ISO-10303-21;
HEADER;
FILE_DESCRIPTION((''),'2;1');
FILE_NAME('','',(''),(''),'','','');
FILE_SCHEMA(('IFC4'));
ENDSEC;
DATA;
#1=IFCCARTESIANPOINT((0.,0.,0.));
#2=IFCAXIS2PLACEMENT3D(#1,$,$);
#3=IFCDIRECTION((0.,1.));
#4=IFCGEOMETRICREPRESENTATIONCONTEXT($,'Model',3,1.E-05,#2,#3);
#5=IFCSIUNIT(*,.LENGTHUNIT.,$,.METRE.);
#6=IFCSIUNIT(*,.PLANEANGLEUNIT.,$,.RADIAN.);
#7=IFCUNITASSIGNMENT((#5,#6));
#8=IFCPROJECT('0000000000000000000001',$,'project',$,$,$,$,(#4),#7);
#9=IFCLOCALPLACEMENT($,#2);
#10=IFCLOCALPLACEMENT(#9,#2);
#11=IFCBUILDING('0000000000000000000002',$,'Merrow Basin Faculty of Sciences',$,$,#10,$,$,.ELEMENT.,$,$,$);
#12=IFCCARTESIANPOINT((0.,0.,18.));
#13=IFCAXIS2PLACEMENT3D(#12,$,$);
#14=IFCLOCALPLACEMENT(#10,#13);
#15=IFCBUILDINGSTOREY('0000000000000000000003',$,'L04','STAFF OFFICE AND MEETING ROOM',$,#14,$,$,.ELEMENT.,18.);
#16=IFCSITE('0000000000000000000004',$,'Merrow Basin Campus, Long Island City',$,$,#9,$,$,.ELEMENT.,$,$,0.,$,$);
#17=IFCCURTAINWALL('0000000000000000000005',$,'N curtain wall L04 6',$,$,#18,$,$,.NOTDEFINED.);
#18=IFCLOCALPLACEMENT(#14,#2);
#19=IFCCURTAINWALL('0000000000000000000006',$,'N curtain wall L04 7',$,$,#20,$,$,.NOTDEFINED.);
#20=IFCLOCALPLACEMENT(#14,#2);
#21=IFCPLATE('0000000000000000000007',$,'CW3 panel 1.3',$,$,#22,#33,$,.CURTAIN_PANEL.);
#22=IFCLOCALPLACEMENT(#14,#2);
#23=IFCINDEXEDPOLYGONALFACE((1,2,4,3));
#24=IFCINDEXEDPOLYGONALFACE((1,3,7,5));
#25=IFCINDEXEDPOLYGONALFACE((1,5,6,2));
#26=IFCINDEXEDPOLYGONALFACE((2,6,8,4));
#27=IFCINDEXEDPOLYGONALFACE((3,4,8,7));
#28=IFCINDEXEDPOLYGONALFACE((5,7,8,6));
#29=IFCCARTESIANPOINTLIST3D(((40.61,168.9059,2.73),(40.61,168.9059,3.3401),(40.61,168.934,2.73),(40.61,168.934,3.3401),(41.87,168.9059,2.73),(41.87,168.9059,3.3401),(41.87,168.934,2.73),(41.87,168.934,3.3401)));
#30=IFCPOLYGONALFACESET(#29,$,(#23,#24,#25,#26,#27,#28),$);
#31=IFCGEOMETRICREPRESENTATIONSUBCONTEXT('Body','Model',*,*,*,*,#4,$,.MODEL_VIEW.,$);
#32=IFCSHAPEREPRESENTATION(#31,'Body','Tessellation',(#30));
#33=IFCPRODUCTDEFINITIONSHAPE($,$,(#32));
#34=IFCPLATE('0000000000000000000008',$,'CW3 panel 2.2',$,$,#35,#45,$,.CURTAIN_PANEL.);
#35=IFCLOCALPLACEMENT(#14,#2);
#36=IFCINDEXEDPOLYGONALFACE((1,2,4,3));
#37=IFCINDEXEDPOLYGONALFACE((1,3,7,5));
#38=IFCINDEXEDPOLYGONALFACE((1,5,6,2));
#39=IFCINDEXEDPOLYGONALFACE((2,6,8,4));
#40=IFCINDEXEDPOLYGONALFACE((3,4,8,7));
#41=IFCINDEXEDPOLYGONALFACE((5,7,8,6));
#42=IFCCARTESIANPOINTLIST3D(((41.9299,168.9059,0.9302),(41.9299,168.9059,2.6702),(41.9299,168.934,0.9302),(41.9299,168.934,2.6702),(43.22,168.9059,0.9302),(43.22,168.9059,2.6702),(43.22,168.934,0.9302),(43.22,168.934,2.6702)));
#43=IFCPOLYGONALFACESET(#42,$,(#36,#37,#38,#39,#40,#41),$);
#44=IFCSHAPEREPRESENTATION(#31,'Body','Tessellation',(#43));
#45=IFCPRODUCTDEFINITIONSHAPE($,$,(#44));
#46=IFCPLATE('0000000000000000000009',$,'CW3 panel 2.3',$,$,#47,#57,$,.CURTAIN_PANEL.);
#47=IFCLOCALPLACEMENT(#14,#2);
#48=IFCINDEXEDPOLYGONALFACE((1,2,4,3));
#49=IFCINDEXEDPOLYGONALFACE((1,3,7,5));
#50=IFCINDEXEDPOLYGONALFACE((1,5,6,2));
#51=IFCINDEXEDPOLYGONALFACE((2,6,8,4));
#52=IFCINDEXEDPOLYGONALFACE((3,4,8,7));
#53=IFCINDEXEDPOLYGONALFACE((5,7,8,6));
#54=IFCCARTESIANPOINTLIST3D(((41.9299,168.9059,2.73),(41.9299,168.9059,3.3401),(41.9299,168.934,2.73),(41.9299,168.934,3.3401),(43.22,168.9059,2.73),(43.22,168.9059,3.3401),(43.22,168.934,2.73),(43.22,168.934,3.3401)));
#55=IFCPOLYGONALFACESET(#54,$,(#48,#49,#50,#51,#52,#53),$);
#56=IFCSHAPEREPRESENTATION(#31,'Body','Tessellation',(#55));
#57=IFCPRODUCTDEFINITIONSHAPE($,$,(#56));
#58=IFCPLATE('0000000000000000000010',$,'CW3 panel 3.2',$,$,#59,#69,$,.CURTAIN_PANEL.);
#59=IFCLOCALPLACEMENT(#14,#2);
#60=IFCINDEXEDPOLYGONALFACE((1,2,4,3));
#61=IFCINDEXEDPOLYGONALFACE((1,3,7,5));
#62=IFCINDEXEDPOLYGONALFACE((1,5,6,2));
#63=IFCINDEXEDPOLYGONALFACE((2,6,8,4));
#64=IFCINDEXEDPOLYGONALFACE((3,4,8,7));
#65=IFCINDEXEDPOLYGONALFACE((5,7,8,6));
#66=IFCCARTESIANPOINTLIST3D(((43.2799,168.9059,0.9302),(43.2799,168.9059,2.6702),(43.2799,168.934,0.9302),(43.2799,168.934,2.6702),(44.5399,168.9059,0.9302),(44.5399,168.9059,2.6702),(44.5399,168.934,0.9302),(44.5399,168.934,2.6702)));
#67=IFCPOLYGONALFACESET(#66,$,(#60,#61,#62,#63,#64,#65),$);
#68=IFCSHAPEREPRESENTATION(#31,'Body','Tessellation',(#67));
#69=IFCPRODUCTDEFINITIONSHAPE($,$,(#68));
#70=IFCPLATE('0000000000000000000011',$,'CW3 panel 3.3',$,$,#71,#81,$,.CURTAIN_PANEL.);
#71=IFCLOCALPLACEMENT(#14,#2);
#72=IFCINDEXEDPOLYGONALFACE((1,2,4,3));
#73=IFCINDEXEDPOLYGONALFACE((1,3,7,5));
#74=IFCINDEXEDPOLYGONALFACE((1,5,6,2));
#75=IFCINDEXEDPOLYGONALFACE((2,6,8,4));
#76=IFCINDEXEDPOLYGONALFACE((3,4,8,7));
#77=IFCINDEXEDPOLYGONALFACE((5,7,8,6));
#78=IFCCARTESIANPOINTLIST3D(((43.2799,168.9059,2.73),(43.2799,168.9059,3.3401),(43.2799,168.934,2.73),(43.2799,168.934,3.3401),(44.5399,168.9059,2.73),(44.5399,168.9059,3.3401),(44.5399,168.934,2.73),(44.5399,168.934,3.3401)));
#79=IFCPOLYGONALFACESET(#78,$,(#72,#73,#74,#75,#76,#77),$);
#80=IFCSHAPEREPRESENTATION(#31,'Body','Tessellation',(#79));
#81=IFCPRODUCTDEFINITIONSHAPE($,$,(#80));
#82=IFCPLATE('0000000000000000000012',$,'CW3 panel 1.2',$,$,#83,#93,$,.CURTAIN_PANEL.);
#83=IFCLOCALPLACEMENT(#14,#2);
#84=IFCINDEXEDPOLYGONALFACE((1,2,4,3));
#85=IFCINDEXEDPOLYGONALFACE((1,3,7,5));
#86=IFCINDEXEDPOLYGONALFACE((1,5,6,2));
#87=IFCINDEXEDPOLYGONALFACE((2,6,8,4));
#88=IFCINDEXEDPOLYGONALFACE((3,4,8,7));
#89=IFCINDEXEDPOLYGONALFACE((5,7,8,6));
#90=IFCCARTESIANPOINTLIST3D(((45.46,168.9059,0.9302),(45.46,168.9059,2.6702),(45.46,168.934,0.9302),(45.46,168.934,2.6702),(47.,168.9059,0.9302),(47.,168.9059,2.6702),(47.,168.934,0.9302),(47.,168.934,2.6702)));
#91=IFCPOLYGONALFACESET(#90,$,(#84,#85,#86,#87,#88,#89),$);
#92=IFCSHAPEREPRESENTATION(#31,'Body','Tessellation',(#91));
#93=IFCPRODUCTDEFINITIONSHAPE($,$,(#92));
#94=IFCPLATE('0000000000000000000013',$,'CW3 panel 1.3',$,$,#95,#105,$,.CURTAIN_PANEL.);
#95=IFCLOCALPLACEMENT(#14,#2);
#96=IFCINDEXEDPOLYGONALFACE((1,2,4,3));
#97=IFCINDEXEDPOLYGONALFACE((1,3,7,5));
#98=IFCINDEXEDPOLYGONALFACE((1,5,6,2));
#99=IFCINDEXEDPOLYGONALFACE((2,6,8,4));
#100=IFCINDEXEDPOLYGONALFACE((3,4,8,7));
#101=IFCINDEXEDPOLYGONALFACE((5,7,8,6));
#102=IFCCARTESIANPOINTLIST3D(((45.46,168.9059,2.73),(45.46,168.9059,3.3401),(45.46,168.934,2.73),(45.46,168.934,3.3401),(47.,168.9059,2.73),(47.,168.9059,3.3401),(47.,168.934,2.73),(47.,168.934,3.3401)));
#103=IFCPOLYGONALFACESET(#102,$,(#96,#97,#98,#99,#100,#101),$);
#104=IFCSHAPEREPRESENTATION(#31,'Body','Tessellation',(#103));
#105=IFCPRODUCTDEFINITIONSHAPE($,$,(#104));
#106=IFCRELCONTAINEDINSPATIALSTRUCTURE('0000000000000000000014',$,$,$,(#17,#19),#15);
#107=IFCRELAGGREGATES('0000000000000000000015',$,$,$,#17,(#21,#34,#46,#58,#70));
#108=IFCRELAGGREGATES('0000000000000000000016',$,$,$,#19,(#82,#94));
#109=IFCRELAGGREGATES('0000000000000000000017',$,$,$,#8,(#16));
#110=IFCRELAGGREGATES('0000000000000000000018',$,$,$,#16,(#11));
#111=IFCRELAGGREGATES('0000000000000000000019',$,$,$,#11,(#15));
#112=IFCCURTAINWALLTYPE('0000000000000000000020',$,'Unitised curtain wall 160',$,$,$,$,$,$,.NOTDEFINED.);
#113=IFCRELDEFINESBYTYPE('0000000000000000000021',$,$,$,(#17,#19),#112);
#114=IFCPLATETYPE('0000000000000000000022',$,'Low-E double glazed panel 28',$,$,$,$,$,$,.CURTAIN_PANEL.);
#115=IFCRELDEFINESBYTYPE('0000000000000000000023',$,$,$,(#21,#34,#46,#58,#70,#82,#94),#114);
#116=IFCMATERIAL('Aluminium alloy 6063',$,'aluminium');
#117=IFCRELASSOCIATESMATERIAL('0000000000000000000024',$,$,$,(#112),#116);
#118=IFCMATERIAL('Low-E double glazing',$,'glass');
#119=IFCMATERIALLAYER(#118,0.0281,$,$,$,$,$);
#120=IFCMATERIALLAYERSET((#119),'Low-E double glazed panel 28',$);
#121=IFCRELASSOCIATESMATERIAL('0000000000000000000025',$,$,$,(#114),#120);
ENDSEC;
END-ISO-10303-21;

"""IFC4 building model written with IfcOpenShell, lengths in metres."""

from ifc_helpers import new_model, si_unit, direction, frame, origin, origin_2d, place, context, subcontext, project, spatial, rectangle, extrude, material, layer, layer_set, type_object, element, aggregate, save


model = new_model("IFC4")

# Units and contexts
model_context = context("Model", 3, precision=1e-05, world=origin(), true_north=direction((0.0, 1.0)))
body_context = subcontext(model_context, "Body", "Model", "MODEL_VIEW")
ifc_project = project(units=[si_unit("LENGTHUNIT", "METRE"), si_unit("PLANEANGLEUNIT", "RADIAN")], contexts=[model_context])

# Site, building, storey
site_placement = place(None, origin())
site = spatial("IfcSite", under=ifc_project, at=site_placement, Name="Merrow Basin Campus, Long Island City", CompositionType="ELEMENT", RefElevation=0.0)
building_placement = place(site_placement, origin())
building = spatial("IfcBuilding", under=site, at=building_placement, Name="Merrow Basin Faculty of Sciences", CompositionType="ELEMENT")
storey_placement = place(building_placement, frame((0.0, 0.0, 18.0)))
storey = spatial("IfcBuildingStorey", under=building, at=storey_placement, Name="L04", Description="STAFF OFFICE AND MEETING ROOM", CompositionType="ELEMENT", Elevation=18.0)

# Curtain walls
ifc_material_1 = material(Name="Aluminium alloy 6063", Category="aluminium")
curtain_wall_type = type_object("IfcCurtainWallType", Name="Unitised curtain wall 160", PredefinedType="NOTDEFINED", material=ifc_material_1)
curtain_wall_1_placement = place(storey_placement, origin())
curtain_wall_1 = element("IfcCurtainWall", 1, at=curtain_wall_1_placement, inside=storey, type_object=curtain_wall_type, Name="N curtain wall L04 6", PredefinedType="NOTDEFINED")
curtain_wall_2_placement = place(storey_placement, origin())
curtain_wall_2 = element("IfcCurtainWall", 2, at=curtain_wall_2_placement, inside=storey, type_object=curtain_wall_type, Name="N curtain wall L04 7", PredefinedType="NOTDEFINED")

# Plates
ifc_material_2 = material(Name="Low-E double glazing", Category="glass")
ifc_layer_1 = layer(ifc_material_2, 0.0281)
ifc_layer_set_1 = layer_set([ifc_layer_1], Name="Low-E double glazed panel 28")
plate_type_1 = type_object("IfcPlateType", Name="Low-E double glazed panel 28", PredefinedType="CURTAIN_PANEL", material=ifc_layer_set_1)
plate_1_placement = place(storey_placement, frame((41.24, 168.9199, 2.73), z_axis=(0.0, 0.0, 1.0), x_axis=(1.0, 0.0, 0.0)))
plate_1 = element("IfcPlate", 3, at=plate_1_placement, type_object=plate_type_1, Name="CW3 panel 1.3", PredefinedType="CURTAIN_PANEL", context=body_context, shape_type="SweptSolid", body=[
    extrude(rectangle(XDim=1.26, YDim=0.0281, at=origin_2d()), origin(), (0.0, 0.0, 1.0), 0.6101),
])
plate_2_placement = place(storey_placement, frame((42.575, 168.9199, 0.9302), z_axis=(0.0, 0.0, 1.0), x_axis=(1.0, 0.0, 0.0)))
plate_2 = element("IfcPlate", 4, at=plate_2_placement, type_object=plate_type_1, Name="CW3 panel 2.2", PredefinedType="CURTAIN_PANEL", context=body_context, shape_type="SweptSolid", body=[
    extrude(rectangle(XDim=1.29, YDim=0.0281, at=origin_2d()), origin(), (0.0, 0.0, 1.0), 1.74),
])
plate_3_placement = place(storey_placement, frame((42.575, 168.9199, 2.73), z_axis=(0.0, 0.0, 1.0), x_axis=(1.0, 0.0, 0.0)))
plate_3 = element("IfcPlate", 5, at=plate_3_placement, type_object=plate_type_1, Name="CW3 panel 2.3", PredefinedType="CURTAIN_PANEL", context=body_context, shape_type="SweptSolid", body=[
    extrude(rectangle(XDim=1.29, YDim=0.0281, at=origin_2d()), origin(), (0.0, 0.0, 1.0), 0.6101),
])
plate_4_placement = place(storey_placement, frame((43.9099, 168.9199, 0.9302), z_axis=(0.0, 0.0, 1.0), x_axis=(1.0, 0.0, 0.0)))
plate_4 = element("IfcPlate", 6, at=plate_4_placement, type_object=plate_type_1, Name="CW3 panel 3.2", PredefinedType="CURTAIN_PANEL", context=body_context, shape_type="SweptSolid", body=[
    extrude(rectangle(XDim=1.26, YDim=0.0281, at=origin_2d()), origin(), (0.0, 0.0, 1.0), 1.74),
])
plate_5_placement = place(storey_placement, frame((43.9099, 168.9199, 2.73), z_axis=(0.0, 0.0, 1.0), x_axis=(1.0, 0.0, 0.0)))
plate_5 = element("IfcPlate", 7, at=plate_5_placement, type_object=plate_type_1, Name="CW3 panel 3.3", PredefinedType="CURTAIN_PANEL", context=body_context, shape_type="SweptSolid", body=[
    extrude(rectangle(XDim=1.26, YDim=0.0281, at=origin_2d()), origin(), (0.0, 0.0, 1.0), 0.6101),
])
aggregate(curtain_wall_1, [plate_1, plate_2, plate_3, plate_4, plate_5])
plate_6_placement = place(storey_placement, frame((46.23, 168.9199, 0.9302), z_axis=(0.0, 0.0, 1.0), x_axis=(1.0, 0.0, 0.0)))
plate_6 = element("IfcPlate", 8, at=plate_6_placement, type_object=plate_type_1, Name="CW3 panel 1.2", PredefinedType="CURTAIN_PANEL", context=body_context, shape_type="SweptSolid", body=[
    extrude(rectangle(XDim=1.54, YDim=0.0281, at=origin_2d()), origin(), (0.0, 0.0, 1.0), 1.74),
])
plate_7_placement = place(storey_placement, frame((46.23, 168.9199, 2.73), z_axis=(0.0, 0.0, 1.0), x_axis=(1.0, 0.0, 0.0)))
plate_7 = element("IfcPlate", 9, at=plate_7_placement, type_object=plate_type_1, Name="CW3 panel 1.3", PredefinedType="CURTAIN_PANEL", context=body_context, shape_type="SweptSolid", body=[
    extrude(rectangle(XDim=1.54, YDim=0.0281, at=origin_2d()), origin(), (0.0, 0.0, 1.0), 0.6101),
])
aggregate(curtain_wall_2, [plate_6, plate_7])

save(model, "model.ifc")
